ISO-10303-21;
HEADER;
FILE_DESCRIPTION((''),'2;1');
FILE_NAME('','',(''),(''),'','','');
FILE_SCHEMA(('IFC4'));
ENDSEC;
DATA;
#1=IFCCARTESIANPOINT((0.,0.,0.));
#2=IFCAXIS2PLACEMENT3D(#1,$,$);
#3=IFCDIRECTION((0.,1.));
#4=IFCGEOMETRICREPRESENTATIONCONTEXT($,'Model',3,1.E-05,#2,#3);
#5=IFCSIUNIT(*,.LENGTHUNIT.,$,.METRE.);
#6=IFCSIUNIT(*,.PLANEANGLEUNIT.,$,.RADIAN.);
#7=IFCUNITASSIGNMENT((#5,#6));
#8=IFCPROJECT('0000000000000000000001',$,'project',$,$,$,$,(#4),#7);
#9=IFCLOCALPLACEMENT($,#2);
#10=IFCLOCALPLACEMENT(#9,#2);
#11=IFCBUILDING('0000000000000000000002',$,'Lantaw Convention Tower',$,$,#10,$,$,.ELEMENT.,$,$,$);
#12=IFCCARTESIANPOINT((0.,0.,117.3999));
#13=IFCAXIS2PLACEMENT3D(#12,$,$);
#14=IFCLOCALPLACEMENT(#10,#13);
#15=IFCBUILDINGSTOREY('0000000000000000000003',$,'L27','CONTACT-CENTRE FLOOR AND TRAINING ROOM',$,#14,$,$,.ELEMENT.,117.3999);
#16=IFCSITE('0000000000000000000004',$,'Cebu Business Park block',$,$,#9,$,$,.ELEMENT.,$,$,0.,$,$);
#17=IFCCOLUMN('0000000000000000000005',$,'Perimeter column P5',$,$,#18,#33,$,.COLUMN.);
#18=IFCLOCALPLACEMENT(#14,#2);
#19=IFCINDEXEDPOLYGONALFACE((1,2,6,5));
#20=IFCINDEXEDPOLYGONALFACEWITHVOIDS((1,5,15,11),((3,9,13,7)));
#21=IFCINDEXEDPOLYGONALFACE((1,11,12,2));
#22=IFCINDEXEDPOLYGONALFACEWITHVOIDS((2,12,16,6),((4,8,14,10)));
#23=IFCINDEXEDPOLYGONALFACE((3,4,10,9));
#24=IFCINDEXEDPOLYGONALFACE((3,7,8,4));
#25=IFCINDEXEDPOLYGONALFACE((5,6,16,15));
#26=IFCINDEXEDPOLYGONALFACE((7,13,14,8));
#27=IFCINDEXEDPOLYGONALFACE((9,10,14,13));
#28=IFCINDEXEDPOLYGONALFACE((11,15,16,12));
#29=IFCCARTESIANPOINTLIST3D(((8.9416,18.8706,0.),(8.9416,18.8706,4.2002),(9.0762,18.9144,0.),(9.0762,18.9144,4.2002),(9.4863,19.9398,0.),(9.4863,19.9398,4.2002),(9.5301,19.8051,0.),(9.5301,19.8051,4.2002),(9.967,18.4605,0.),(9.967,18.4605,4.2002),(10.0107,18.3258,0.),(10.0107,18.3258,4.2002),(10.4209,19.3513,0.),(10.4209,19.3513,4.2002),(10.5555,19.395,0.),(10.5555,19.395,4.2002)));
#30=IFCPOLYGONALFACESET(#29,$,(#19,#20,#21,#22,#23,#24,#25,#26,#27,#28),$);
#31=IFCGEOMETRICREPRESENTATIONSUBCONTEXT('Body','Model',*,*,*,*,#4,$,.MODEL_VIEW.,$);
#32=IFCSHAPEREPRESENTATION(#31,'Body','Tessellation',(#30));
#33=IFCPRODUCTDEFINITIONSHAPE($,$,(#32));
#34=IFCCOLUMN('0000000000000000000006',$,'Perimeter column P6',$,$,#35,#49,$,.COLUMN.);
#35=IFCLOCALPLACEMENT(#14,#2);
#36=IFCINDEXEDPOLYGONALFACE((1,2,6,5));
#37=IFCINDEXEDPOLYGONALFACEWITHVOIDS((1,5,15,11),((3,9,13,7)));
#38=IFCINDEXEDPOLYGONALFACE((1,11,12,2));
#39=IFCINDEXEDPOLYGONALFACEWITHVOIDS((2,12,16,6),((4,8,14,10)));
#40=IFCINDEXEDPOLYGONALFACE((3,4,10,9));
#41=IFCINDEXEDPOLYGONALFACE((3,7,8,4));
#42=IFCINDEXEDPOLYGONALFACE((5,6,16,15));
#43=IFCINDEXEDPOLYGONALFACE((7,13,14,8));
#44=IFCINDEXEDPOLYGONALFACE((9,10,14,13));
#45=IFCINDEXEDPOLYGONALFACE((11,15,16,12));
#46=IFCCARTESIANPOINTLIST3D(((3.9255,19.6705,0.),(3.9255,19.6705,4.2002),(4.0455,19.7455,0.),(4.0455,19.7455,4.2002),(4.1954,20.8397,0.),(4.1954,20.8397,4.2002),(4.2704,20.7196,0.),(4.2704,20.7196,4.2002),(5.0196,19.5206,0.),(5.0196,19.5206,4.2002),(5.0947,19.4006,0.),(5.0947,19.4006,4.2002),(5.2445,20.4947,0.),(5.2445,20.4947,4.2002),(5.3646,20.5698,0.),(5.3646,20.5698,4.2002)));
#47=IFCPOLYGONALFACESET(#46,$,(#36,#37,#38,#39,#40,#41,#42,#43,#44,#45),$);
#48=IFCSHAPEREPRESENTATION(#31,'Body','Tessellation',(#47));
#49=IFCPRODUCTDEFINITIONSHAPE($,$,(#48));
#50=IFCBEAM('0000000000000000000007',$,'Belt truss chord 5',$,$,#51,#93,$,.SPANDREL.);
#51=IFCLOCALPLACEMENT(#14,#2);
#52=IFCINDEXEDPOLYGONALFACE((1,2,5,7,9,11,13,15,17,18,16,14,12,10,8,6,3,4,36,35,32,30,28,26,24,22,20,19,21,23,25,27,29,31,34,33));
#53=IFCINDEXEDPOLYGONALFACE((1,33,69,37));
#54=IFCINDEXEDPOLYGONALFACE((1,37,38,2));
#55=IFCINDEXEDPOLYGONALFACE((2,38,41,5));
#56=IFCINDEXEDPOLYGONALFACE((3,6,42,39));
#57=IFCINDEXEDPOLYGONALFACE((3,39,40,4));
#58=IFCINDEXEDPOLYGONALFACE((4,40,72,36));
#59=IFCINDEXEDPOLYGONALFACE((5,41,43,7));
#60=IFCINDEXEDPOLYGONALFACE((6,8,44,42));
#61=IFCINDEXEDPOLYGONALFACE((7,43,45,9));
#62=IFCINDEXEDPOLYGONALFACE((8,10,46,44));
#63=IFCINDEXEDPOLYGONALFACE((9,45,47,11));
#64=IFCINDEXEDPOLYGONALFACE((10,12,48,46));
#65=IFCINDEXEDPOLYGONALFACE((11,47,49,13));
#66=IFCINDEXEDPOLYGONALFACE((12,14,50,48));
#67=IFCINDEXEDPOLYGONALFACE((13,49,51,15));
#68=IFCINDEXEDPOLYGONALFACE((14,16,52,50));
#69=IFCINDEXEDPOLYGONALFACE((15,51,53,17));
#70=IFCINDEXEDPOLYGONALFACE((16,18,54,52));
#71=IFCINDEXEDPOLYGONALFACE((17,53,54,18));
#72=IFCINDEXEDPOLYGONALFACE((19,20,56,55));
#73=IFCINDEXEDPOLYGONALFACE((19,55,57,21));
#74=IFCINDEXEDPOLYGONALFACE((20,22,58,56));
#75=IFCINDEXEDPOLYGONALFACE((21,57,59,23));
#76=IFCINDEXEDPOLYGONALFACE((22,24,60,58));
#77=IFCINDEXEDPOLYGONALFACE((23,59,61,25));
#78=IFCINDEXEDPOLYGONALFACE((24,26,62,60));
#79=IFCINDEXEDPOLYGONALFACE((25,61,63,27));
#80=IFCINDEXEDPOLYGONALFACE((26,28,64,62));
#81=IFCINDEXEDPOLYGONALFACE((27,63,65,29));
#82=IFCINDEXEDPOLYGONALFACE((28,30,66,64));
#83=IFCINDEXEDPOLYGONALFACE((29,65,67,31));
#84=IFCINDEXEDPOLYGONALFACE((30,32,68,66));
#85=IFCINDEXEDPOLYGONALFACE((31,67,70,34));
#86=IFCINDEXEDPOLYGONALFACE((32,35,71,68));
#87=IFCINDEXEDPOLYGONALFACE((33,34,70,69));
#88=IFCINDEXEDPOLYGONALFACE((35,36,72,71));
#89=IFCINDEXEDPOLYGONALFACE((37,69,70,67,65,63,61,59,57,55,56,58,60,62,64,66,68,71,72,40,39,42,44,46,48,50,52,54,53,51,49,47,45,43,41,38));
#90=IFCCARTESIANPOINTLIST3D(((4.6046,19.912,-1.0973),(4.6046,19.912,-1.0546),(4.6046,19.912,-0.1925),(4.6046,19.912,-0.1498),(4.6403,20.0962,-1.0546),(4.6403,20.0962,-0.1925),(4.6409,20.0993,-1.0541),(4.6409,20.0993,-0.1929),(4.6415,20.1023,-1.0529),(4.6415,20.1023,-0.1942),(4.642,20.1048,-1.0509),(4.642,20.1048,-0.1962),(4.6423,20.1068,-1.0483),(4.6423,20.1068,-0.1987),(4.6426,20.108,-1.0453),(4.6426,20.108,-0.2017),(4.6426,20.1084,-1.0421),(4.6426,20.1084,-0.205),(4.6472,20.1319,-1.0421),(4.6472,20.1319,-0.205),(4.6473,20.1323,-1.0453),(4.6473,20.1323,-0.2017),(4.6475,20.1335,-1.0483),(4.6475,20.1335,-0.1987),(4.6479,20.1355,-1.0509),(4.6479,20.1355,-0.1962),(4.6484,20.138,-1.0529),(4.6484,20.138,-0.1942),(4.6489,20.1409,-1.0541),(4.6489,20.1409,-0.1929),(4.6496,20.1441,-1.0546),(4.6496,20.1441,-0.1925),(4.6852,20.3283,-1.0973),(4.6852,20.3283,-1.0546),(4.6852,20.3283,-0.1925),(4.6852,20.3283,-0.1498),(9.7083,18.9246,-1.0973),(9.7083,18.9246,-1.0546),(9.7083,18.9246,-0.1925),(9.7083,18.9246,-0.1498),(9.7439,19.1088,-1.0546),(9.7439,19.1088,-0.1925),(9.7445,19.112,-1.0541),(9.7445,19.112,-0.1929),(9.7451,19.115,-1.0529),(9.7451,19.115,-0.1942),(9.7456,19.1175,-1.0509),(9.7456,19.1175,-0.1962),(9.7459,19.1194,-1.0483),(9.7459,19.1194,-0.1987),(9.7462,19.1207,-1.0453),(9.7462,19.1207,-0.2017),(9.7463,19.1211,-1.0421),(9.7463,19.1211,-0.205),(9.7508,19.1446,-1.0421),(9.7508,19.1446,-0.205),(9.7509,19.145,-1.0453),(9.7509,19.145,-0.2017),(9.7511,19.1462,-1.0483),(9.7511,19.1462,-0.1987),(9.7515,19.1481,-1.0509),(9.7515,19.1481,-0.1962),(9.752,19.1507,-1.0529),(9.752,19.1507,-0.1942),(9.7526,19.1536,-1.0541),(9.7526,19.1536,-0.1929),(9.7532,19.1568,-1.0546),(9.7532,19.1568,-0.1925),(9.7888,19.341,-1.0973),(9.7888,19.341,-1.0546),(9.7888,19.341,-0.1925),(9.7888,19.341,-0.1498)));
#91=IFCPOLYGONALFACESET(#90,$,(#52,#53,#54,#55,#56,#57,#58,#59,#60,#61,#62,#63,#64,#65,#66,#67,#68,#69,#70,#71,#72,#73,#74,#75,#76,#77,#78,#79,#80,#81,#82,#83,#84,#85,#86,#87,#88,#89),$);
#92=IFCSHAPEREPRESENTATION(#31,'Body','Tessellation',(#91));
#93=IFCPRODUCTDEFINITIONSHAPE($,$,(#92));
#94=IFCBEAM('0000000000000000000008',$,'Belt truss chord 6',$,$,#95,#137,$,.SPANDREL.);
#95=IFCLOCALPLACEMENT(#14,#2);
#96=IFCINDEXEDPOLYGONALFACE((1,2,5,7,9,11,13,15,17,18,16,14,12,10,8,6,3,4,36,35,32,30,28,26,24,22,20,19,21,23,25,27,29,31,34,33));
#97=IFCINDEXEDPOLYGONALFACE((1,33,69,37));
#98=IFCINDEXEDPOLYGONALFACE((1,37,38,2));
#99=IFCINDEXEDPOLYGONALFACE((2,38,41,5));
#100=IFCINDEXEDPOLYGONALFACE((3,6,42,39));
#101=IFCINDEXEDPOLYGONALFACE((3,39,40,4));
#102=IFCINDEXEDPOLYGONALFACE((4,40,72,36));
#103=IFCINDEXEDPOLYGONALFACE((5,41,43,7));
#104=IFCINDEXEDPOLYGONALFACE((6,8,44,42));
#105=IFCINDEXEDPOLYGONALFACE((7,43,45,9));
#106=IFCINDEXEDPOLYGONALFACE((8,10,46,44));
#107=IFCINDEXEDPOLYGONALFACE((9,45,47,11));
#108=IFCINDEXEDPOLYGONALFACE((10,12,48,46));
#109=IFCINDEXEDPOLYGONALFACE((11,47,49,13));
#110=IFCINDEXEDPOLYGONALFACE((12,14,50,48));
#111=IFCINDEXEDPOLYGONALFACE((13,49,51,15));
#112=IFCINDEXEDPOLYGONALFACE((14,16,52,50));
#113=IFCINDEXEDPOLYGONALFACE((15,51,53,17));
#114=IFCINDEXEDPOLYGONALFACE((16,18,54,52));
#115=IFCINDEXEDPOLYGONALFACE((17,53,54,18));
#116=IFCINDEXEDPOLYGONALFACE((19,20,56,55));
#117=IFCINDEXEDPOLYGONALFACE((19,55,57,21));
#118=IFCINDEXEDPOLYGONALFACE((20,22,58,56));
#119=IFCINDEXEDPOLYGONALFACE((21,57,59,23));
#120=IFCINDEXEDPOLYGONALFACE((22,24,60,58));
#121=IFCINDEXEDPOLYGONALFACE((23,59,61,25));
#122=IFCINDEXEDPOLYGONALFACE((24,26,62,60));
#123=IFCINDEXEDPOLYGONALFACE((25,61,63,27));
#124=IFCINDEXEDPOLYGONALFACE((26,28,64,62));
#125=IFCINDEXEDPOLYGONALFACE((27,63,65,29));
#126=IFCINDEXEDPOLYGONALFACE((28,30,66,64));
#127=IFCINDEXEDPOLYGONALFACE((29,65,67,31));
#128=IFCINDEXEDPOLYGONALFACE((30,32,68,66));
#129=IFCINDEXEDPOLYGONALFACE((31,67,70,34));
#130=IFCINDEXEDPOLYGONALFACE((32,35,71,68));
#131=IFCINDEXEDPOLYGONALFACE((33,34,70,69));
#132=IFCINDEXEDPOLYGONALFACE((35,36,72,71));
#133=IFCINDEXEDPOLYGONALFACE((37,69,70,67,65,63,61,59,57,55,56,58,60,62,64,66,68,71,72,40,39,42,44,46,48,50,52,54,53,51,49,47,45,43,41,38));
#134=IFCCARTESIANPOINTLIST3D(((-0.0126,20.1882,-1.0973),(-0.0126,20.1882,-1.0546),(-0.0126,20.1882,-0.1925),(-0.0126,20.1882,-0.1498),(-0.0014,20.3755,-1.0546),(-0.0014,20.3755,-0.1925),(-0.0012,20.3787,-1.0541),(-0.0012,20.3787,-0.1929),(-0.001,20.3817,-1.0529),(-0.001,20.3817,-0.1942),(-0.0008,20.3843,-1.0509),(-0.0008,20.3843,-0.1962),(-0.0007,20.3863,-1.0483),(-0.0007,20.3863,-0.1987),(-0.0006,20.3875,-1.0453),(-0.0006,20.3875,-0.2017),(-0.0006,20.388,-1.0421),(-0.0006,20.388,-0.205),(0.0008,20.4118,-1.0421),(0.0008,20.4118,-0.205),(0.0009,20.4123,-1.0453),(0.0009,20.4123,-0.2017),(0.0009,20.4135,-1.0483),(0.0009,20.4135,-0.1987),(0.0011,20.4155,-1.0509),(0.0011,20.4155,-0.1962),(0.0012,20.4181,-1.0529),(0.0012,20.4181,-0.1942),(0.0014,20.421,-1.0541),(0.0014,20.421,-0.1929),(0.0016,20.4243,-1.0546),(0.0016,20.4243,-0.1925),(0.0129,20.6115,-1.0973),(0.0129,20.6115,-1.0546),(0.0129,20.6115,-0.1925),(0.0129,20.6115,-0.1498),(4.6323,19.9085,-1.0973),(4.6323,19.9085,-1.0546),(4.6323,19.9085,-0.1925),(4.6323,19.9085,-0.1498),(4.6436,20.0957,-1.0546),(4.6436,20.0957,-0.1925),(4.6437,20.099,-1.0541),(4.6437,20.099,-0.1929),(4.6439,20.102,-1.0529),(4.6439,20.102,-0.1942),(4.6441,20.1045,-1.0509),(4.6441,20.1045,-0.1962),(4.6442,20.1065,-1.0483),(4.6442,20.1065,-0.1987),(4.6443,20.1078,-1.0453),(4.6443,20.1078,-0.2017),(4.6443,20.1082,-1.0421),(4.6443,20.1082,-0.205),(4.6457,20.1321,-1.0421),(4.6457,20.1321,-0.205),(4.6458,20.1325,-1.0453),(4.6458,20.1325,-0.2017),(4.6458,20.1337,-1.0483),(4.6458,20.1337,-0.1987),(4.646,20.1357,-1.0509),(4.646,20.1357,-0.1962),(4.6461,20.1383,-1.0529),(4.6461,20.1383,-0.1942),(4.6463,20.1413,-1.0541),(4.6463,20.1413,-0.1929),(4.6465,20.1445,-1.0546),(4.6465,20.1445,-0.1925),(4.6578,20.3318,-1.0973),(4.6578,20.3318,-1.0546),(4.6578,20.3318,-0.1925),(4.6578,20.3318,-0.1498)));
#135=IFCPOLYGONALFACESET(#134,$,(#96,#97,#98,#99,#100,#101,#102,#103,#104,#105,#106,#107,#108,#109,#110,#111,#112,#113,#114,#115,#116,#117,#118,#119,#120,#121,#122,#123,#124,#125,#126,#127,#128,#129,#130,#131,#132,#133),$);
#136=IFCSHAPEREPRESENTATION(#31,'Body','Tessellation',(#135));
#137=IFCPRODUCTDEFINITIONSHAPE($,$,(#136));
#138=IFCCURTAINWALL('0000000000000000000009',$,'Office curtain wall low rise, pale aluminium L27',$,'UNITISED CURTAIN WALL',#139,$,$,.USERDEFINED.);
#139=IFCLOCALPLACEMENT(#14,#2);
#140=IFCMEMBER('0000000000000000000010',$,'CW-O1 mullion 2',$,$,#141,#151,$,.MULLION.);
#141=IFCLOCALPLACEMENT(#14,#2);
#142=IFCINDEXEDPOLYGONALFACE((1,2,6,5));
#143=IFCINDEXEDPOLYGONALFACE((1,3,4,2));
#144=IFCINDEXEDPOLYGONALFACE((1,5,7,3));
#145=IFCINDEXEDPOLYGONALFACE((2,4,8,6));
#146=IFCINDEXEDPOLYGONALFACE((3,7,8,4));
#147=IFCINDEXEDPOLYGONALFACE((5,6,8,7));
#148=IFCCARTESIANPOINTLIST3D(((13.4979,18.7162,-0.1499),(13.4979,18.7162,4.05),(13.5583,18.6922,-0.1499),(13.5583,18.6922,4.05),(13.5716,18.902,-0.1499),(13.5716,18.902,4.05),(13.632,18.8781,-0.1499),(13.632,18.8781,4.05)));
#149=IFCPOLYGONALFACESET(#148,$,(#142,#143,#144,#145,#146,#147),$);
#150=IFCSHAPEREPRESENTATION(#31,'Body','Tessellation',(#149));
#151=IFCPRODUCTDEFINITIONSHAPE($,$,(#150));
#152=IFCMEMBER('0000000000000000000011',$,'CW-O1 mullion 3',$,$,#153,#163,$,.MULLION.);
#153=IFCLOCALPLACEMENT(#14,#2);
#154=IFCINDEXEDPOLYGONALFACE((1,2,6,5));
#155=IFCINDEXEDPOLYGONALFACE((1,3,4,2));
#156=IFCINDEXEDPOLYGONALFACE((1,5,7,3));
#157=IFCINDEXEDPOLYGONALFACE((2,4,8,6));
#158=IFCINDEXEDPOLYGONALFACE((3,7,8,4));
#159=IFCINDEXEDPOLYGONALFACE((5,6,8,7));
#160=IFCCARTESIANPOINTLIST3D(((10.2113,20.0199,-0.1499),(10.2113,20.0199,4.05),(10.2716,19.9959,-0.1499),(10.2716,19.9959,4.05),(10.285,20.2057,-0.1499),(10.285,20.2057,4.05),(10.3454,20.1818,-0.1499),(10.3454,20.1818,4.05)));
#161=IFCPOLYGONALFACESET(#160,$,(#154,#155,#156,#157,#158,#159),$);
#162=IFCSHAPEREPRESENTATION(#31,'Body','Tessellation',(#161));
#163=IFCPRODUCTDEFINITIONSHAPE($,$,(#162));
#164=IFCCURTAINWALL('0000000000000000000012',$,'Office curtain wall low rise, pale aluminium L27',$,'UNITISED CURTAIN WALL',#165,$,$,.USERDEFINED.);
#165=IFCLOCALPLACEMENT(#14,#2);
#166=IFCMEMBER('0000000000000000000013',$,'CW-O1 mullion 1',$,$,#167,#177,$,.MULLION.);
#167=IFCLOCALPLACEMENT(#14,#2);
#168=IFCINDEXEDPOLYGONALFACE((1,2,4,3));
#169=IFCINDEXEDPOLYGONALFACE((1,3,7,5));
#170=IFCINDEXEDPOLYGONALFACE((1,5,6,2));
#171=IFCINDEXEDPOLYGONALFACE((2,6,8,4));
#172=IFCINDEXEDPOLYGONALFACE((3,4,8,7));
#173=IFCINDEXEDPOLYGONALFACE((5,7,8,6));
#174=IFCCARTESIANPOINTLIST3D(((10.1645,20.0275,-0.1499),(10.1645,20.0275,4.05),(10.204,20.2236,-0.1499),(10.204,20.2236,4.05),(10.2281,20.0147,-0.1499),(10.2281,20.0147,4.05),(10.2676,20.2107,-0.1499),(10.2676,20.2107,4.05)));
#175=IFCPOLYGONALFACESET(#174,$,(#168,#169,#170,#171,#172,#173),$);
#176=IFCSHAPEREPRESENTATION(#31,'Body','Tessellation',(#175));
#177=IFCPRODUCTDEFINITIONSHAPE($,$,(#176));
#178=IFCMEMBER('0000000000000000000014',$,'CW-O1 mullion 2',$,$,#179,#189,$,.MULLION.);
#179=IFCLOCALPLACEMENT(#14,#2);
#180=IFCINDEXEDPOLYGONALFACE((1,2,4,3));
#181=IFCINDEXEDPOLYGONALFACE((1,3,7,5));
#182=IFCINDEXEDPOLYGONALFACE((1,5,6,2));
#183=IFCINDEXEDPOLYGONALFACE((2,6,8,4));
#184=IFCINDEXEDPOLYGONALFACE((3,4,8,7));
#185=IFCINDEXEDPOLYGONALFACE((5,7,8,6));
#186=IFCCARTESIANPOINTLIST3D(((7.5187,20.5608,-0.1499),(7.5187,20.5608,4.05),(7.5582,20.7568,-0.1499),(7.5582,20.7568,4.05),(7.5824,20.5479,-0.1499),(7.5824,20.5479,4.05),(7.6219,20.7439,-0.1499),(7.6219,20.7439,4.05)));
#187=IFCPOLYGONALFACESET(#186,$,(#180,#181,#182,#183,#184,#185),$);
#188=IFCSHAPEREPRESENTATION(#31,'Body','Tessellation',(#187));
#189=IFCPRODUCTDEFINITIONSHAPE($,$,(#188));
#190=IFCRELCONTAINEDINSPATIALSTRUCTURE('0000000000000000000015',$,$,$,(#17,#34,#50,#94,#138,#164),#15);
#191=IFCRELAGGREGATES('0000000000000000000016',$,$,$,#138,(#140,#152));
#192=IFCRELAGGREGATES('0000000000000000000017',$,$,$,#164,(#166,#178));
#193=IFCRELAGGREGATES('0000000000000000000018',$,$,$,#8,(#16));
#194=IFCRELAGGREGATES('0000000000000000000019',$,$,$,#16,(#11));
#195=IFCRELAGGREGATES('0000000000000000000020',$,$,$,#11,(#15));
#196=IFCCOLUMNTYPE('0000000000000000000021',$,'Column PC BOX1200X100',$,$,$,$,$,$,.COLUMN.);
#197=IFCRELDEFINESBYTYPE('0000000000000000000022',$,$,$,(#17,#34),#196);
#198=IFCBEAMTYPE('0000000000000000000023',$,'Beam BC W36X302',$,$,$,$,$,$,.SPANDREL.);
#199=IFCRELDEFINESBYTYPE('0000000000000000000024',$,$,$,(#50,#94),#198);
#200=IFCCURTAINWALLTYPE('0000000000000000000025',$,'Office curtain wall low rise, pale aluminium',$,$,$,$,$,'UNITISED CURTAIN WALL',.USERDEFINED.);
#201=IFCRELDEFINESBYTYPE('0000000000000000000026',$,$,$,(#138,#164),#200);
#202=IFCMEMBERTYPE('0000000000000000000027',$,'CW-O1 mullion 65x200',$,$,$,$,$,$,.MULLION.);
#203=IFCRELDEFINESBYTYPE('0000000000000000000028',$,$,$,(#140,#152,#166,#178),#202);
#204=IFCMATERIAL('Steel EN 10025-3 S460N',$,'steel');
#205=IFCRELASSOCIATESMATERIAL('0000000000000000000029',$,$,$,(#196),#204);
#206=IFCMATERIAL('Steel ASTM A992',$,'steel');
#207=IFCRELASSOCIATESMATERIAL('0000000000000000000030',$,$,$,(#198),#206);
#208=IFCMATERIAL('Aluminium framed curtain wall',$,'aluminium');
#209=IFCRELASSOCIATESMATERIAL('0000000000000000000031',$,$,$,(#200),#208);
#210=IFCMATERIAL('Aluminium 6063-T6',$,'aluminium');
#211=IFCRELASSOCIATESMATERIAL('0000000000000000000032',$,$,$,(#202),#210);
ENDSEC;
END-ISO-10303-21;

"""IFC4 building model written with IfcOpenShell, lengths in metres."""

from ifc_helpers import new_model, si_unit, direction, frame, origin, origin_2d, place, context, subcontext, project, spatial, rectangle, hollow_rectangle, i_section, extrude, material, material_profile, profile_set, type_object, element, aggregate, save


model = new_model("IFC4")

# Units and contexts
model_context = context("Model", 3, precision=1e-05, world=origin(), true_north=direction((0.0, 1.0)))
body_context = subcontext(model_context, "Body", "Model", "MODEL_VIEW")
ifc_project = project(units=[si_unit("LENGTHUNIT", "METRE"), si_unit("PLANEANGLEUNIT", "RADIAN")], contexts=[model_context])

# Site, building, storey
site_placement = place(None, origin())
site = spatial("IfcSite", under=ifc_project, at=site_placement, Name="Cebu Business Park block", CompositionType="ELEMENT", RefElevation=0.0)
building_placement = place(site_placement, origin())
building = spatial("IfcBuilding", under=site, at=building_placement, Name="Lantaw Convention Tower", CompositionType="ELEMENT")
storey_placement = place(building_placement, frame((0.0, 0.0, 117.3999)))
storey = spatial("IfcBuildingStorey", under=building, at=storey_placement, Name="L27", Description="CONTACT-CENTRE FLOOR AND TRAINING ROOM", CompositionType="ELEMENT", Elevation=117.3999)

# Columns
ifc_material_1 = material(Name="Steel EN 10025-3 S460N", Category="steel")
ifc_material_profile_1 = material_profile(ifc_material_1, hollow_rectangle(XDim=1.2, YDim=1.2, WallThickness=0.1001, at=origin_2d()), Name="BOX1200X100")
ifc_material_2 = material(Name="Concrete C60/75", Category="concrete")
ifc_material_profile_2 = material_profile(ifc_material_2, rectangle(XDim=1.0, YDim=1.0, at=origin_2d()), Name="Concrete fill of BOX1200X100")
ifc_profile_set_1 = profile_set([ifc_material_profile_1, ifc_material_profile_2], Name="Steel EN 10025-3 S460N")
column_type = type_object("IfcColumnType", Name="Column PC BOX1200X100", PredefinedType="COLUMN", material=ifc_profile_set_1)
for number, where, z_axis, x_axis, name in (
    (1, (9.7485, 19.1328, 0.0), (0.0, 0.0, 1.0), (0.45399, 0.891007, 0.0), "Perimeter column P5"),
    (2, (4.645, 20.1201, 0.0), (0.0, 0.0, 1.0), (0.224951, 0.97437, 0.0), "Perimeter column P6"),
):
    element("IfcColumn", number, at=place(storey_placement, frame(where, z_axis=z_axis, x_axis=x_axis)), inside=storey, type_object=column_type, Name=name, PredefinedType="COLUMN", context=body_context, shape_type="SweptSolid", body=[
        extrude(hollow_rectangle(XDim=1.2, YDim=1.2, WallThickness=0.1001, at=origin_2d()), origin(), (0.0, 0.0, 1.0), 4.2002),
    ])

# Beams
ifc_material_3 = material(Name="Steel ASTM A992", Category="steel")
ifc_material_profile_3 = material_profile(ifc_material_3, i_section(OverallWidth=0.4241, OverallDepth=0.9475, WebThickness=0.0239, FlangeThickness=0.0427, FilletRadius=0.0125, at=origin_2d()), Name="W36X302")
ifc_profile_set_2 = profile_set([ifc_material_profile_3], Name="Steel ASTM A992")
beam_type = type_object("IfcBeamType", Name="Beam BC W36X302", PredefinedType="SPANDREL", material=ifc_profile_set_2)
beam_1_placement = place(storey_placement, frame((9.7485, 19.1328, -0.6235), z_axis=(-0.981797, 0.189934, 0.0), x_axis=(-0.189934, -0.981797, 0.0)))
element("IfcBeam", 3, at=beam_1_placement, inside=storey, type_object=beam_type, Name="Belt truss chord 5", PredefinedType="SPANDREL", context=body_context, shape_type="SweptSolid", body=[
    extrude(i_section(OverallWidth=0.4241, OverallDepth=0.9475, WebThickness=0.0239, FlangeThickness=0.0427, FilletRadius=0.0125, at=origin_2d()), origin(), (0.0, 0.0, 1.0), 5.1982),
])
beam_2_placement = place(storey_placement, frame((4.645, 20.1201, -0.6235), z_axis=(-0.998191, 0.060124, 0.0), x_axis=(-0.060124, -0.998191, 0.0)))
element("IfcBeam", 4, at=beam_2_placement, inside=storey, type_object=beam_type, Name="Belt truss chord 6", PredefinedType="SPANDREL", context=body_context, shape_type="SweptSolid", body=[
    extrude(i_section(OverallWidth=0.4241, OverallDepth=0.9475, WebThickness=0.0239, FlangeThickness=0.0427, FilletRadius=0.0125, at=origin_2d()), origin(), (0.0, 0.0, 1.0), 4.6533),
])

# Curtain walls, members
ifc_material_4 = material(Name="Aluminium framed curtain wall", Category="aluminium")
curtain_wall_type = type_object("IfcCurtainWallType", Name="Office curtain wall low rise, pale aluminium", ElementType="UNITISED CURTAIN WALL", PredefinedType="USERDEFINED", material=ifc_material_4)
curtain_wall_1_placement = place(storey_placement, origin())
curtain_wall_1 = element("IfcCurtainWall", 5, at=curtain_wall_1_placement, inside=storey, type_object=curtain_wall_type, Name="Office curtain wall low rise, pale aluminium L27", ObjectType="UNITISED CURTAIN WALL", PredefinedType="USERDEFINED")
ifc_material_5 = material(Name="Aluminium 6063-T6", Category="aluminium")
ifc_material_profile_4 = material_profile(ifc_material_5, rectangle(XDim=0.2, YDim=0.0649, at=origin_2d()), Name="CW-O1 mullion 65x200")
ifc_profile_set_3 = profile_set([ifc_material_profile_4], Name="Aluminium 6063-T6")
member_type_1 = type_object("IfcMemberType", Name="CW-O1 mullion 65x200", PredefinedType="MULLION", material=ifc_profile_set_3)
member_1_placement = place(storey_placement, frame((13.5649, 18.7971, -0.1499), z_axis=(0.0, 0.0, 1.0), x_axis=(-0.368702, -0.929548, 0.0)))
member_1 = element("IfcMember", 6, at=member_1_placement, type_object=member_type_1, Name="CW-O1 mullion 2", PredefinedType="MULLION", context=body_context, shape_type="SweptSolid", body=[
    extrude(rectangle(XDim=0.2, YDim=0.0649, at=origin_2d()), origin(), (0.0, 0.0, 1.0), 4.2),
])
member_2_placement = place(storey_placement, frame((10.2783, 20.1008, -0.1499), z_axis=(0.0, 0.0, 1.0), x_axis=(-0.368702, -0.929548, 0.0)))
member_2 = element("IfcMember", 7, at=member_2_placement, type_object=member_type_1, Name="CW-O1 mullion 3", PredefinedType="MULLION", context=body_context, shape_type="SweptSolid", body=[
    extrude(rectangle(XDim=0.2, YDim=0.0649, at=origin_2d()), origin(), (0.0, 0.0, 1.0), 4.2),
])
curtain_wall_2_placement = place(storey_placement, origin())
curtain_wall_2 = element("IfcCurtainWall", 8, at=curtain_wall_2_placement, inside=storey, type_object=curtain_wall_type, Name="Office curtain wall low rise, pale aluminium L27", ObjectType="UNITISED CURTAIN WALL", PredefinedType="USERDEFINED")
member_3_placement = place(storey_placement, frame((10.2161, 20.1191, -0.1499), z_axis=(0.0, 0.0, 1.0), x_axis=(-0.197507, -0.980302, 0.0)))
member_3 = element("IfcMember", 9, at=member_3_placement, type_object=member_type_1, Name="CW-O1 mullion 1", PredefinedType="MULLION", context=body_context, shape_type="SweptSolid", body=[
    extrude(rectangle(XDim=0.2, YDim=0.0649, at=origin_2d()), origin(), (0.0, 0.0, 1.0), 4.2),
])
member_4_placement = place(storey_placement, frame((7.5703, 20.6523, -0.1499), z_axis=(0.0, 0.0, 1.0), x_axis=(-0.197507, -0.980302, 0.0)))
member_4 = element("IfcMember", 10, at=member_4_placement, type_object=member_type_1, Name="CW-O1 mullion 2", PredefinedType="MULLION", context=body_context, shape_type="SweptSolid", body=[
    extrude(rectangle(XDim=0.2, YDim=0.0649, at=origin_2d()), origin(), (0.0, 0.0, 1.0), 4.2),
])

aggregate(curtain_wall_1, [member_1, member_2])
aggregate(curtain_wall_2, [member_3, member_4])

save(model, "model.ifc")
